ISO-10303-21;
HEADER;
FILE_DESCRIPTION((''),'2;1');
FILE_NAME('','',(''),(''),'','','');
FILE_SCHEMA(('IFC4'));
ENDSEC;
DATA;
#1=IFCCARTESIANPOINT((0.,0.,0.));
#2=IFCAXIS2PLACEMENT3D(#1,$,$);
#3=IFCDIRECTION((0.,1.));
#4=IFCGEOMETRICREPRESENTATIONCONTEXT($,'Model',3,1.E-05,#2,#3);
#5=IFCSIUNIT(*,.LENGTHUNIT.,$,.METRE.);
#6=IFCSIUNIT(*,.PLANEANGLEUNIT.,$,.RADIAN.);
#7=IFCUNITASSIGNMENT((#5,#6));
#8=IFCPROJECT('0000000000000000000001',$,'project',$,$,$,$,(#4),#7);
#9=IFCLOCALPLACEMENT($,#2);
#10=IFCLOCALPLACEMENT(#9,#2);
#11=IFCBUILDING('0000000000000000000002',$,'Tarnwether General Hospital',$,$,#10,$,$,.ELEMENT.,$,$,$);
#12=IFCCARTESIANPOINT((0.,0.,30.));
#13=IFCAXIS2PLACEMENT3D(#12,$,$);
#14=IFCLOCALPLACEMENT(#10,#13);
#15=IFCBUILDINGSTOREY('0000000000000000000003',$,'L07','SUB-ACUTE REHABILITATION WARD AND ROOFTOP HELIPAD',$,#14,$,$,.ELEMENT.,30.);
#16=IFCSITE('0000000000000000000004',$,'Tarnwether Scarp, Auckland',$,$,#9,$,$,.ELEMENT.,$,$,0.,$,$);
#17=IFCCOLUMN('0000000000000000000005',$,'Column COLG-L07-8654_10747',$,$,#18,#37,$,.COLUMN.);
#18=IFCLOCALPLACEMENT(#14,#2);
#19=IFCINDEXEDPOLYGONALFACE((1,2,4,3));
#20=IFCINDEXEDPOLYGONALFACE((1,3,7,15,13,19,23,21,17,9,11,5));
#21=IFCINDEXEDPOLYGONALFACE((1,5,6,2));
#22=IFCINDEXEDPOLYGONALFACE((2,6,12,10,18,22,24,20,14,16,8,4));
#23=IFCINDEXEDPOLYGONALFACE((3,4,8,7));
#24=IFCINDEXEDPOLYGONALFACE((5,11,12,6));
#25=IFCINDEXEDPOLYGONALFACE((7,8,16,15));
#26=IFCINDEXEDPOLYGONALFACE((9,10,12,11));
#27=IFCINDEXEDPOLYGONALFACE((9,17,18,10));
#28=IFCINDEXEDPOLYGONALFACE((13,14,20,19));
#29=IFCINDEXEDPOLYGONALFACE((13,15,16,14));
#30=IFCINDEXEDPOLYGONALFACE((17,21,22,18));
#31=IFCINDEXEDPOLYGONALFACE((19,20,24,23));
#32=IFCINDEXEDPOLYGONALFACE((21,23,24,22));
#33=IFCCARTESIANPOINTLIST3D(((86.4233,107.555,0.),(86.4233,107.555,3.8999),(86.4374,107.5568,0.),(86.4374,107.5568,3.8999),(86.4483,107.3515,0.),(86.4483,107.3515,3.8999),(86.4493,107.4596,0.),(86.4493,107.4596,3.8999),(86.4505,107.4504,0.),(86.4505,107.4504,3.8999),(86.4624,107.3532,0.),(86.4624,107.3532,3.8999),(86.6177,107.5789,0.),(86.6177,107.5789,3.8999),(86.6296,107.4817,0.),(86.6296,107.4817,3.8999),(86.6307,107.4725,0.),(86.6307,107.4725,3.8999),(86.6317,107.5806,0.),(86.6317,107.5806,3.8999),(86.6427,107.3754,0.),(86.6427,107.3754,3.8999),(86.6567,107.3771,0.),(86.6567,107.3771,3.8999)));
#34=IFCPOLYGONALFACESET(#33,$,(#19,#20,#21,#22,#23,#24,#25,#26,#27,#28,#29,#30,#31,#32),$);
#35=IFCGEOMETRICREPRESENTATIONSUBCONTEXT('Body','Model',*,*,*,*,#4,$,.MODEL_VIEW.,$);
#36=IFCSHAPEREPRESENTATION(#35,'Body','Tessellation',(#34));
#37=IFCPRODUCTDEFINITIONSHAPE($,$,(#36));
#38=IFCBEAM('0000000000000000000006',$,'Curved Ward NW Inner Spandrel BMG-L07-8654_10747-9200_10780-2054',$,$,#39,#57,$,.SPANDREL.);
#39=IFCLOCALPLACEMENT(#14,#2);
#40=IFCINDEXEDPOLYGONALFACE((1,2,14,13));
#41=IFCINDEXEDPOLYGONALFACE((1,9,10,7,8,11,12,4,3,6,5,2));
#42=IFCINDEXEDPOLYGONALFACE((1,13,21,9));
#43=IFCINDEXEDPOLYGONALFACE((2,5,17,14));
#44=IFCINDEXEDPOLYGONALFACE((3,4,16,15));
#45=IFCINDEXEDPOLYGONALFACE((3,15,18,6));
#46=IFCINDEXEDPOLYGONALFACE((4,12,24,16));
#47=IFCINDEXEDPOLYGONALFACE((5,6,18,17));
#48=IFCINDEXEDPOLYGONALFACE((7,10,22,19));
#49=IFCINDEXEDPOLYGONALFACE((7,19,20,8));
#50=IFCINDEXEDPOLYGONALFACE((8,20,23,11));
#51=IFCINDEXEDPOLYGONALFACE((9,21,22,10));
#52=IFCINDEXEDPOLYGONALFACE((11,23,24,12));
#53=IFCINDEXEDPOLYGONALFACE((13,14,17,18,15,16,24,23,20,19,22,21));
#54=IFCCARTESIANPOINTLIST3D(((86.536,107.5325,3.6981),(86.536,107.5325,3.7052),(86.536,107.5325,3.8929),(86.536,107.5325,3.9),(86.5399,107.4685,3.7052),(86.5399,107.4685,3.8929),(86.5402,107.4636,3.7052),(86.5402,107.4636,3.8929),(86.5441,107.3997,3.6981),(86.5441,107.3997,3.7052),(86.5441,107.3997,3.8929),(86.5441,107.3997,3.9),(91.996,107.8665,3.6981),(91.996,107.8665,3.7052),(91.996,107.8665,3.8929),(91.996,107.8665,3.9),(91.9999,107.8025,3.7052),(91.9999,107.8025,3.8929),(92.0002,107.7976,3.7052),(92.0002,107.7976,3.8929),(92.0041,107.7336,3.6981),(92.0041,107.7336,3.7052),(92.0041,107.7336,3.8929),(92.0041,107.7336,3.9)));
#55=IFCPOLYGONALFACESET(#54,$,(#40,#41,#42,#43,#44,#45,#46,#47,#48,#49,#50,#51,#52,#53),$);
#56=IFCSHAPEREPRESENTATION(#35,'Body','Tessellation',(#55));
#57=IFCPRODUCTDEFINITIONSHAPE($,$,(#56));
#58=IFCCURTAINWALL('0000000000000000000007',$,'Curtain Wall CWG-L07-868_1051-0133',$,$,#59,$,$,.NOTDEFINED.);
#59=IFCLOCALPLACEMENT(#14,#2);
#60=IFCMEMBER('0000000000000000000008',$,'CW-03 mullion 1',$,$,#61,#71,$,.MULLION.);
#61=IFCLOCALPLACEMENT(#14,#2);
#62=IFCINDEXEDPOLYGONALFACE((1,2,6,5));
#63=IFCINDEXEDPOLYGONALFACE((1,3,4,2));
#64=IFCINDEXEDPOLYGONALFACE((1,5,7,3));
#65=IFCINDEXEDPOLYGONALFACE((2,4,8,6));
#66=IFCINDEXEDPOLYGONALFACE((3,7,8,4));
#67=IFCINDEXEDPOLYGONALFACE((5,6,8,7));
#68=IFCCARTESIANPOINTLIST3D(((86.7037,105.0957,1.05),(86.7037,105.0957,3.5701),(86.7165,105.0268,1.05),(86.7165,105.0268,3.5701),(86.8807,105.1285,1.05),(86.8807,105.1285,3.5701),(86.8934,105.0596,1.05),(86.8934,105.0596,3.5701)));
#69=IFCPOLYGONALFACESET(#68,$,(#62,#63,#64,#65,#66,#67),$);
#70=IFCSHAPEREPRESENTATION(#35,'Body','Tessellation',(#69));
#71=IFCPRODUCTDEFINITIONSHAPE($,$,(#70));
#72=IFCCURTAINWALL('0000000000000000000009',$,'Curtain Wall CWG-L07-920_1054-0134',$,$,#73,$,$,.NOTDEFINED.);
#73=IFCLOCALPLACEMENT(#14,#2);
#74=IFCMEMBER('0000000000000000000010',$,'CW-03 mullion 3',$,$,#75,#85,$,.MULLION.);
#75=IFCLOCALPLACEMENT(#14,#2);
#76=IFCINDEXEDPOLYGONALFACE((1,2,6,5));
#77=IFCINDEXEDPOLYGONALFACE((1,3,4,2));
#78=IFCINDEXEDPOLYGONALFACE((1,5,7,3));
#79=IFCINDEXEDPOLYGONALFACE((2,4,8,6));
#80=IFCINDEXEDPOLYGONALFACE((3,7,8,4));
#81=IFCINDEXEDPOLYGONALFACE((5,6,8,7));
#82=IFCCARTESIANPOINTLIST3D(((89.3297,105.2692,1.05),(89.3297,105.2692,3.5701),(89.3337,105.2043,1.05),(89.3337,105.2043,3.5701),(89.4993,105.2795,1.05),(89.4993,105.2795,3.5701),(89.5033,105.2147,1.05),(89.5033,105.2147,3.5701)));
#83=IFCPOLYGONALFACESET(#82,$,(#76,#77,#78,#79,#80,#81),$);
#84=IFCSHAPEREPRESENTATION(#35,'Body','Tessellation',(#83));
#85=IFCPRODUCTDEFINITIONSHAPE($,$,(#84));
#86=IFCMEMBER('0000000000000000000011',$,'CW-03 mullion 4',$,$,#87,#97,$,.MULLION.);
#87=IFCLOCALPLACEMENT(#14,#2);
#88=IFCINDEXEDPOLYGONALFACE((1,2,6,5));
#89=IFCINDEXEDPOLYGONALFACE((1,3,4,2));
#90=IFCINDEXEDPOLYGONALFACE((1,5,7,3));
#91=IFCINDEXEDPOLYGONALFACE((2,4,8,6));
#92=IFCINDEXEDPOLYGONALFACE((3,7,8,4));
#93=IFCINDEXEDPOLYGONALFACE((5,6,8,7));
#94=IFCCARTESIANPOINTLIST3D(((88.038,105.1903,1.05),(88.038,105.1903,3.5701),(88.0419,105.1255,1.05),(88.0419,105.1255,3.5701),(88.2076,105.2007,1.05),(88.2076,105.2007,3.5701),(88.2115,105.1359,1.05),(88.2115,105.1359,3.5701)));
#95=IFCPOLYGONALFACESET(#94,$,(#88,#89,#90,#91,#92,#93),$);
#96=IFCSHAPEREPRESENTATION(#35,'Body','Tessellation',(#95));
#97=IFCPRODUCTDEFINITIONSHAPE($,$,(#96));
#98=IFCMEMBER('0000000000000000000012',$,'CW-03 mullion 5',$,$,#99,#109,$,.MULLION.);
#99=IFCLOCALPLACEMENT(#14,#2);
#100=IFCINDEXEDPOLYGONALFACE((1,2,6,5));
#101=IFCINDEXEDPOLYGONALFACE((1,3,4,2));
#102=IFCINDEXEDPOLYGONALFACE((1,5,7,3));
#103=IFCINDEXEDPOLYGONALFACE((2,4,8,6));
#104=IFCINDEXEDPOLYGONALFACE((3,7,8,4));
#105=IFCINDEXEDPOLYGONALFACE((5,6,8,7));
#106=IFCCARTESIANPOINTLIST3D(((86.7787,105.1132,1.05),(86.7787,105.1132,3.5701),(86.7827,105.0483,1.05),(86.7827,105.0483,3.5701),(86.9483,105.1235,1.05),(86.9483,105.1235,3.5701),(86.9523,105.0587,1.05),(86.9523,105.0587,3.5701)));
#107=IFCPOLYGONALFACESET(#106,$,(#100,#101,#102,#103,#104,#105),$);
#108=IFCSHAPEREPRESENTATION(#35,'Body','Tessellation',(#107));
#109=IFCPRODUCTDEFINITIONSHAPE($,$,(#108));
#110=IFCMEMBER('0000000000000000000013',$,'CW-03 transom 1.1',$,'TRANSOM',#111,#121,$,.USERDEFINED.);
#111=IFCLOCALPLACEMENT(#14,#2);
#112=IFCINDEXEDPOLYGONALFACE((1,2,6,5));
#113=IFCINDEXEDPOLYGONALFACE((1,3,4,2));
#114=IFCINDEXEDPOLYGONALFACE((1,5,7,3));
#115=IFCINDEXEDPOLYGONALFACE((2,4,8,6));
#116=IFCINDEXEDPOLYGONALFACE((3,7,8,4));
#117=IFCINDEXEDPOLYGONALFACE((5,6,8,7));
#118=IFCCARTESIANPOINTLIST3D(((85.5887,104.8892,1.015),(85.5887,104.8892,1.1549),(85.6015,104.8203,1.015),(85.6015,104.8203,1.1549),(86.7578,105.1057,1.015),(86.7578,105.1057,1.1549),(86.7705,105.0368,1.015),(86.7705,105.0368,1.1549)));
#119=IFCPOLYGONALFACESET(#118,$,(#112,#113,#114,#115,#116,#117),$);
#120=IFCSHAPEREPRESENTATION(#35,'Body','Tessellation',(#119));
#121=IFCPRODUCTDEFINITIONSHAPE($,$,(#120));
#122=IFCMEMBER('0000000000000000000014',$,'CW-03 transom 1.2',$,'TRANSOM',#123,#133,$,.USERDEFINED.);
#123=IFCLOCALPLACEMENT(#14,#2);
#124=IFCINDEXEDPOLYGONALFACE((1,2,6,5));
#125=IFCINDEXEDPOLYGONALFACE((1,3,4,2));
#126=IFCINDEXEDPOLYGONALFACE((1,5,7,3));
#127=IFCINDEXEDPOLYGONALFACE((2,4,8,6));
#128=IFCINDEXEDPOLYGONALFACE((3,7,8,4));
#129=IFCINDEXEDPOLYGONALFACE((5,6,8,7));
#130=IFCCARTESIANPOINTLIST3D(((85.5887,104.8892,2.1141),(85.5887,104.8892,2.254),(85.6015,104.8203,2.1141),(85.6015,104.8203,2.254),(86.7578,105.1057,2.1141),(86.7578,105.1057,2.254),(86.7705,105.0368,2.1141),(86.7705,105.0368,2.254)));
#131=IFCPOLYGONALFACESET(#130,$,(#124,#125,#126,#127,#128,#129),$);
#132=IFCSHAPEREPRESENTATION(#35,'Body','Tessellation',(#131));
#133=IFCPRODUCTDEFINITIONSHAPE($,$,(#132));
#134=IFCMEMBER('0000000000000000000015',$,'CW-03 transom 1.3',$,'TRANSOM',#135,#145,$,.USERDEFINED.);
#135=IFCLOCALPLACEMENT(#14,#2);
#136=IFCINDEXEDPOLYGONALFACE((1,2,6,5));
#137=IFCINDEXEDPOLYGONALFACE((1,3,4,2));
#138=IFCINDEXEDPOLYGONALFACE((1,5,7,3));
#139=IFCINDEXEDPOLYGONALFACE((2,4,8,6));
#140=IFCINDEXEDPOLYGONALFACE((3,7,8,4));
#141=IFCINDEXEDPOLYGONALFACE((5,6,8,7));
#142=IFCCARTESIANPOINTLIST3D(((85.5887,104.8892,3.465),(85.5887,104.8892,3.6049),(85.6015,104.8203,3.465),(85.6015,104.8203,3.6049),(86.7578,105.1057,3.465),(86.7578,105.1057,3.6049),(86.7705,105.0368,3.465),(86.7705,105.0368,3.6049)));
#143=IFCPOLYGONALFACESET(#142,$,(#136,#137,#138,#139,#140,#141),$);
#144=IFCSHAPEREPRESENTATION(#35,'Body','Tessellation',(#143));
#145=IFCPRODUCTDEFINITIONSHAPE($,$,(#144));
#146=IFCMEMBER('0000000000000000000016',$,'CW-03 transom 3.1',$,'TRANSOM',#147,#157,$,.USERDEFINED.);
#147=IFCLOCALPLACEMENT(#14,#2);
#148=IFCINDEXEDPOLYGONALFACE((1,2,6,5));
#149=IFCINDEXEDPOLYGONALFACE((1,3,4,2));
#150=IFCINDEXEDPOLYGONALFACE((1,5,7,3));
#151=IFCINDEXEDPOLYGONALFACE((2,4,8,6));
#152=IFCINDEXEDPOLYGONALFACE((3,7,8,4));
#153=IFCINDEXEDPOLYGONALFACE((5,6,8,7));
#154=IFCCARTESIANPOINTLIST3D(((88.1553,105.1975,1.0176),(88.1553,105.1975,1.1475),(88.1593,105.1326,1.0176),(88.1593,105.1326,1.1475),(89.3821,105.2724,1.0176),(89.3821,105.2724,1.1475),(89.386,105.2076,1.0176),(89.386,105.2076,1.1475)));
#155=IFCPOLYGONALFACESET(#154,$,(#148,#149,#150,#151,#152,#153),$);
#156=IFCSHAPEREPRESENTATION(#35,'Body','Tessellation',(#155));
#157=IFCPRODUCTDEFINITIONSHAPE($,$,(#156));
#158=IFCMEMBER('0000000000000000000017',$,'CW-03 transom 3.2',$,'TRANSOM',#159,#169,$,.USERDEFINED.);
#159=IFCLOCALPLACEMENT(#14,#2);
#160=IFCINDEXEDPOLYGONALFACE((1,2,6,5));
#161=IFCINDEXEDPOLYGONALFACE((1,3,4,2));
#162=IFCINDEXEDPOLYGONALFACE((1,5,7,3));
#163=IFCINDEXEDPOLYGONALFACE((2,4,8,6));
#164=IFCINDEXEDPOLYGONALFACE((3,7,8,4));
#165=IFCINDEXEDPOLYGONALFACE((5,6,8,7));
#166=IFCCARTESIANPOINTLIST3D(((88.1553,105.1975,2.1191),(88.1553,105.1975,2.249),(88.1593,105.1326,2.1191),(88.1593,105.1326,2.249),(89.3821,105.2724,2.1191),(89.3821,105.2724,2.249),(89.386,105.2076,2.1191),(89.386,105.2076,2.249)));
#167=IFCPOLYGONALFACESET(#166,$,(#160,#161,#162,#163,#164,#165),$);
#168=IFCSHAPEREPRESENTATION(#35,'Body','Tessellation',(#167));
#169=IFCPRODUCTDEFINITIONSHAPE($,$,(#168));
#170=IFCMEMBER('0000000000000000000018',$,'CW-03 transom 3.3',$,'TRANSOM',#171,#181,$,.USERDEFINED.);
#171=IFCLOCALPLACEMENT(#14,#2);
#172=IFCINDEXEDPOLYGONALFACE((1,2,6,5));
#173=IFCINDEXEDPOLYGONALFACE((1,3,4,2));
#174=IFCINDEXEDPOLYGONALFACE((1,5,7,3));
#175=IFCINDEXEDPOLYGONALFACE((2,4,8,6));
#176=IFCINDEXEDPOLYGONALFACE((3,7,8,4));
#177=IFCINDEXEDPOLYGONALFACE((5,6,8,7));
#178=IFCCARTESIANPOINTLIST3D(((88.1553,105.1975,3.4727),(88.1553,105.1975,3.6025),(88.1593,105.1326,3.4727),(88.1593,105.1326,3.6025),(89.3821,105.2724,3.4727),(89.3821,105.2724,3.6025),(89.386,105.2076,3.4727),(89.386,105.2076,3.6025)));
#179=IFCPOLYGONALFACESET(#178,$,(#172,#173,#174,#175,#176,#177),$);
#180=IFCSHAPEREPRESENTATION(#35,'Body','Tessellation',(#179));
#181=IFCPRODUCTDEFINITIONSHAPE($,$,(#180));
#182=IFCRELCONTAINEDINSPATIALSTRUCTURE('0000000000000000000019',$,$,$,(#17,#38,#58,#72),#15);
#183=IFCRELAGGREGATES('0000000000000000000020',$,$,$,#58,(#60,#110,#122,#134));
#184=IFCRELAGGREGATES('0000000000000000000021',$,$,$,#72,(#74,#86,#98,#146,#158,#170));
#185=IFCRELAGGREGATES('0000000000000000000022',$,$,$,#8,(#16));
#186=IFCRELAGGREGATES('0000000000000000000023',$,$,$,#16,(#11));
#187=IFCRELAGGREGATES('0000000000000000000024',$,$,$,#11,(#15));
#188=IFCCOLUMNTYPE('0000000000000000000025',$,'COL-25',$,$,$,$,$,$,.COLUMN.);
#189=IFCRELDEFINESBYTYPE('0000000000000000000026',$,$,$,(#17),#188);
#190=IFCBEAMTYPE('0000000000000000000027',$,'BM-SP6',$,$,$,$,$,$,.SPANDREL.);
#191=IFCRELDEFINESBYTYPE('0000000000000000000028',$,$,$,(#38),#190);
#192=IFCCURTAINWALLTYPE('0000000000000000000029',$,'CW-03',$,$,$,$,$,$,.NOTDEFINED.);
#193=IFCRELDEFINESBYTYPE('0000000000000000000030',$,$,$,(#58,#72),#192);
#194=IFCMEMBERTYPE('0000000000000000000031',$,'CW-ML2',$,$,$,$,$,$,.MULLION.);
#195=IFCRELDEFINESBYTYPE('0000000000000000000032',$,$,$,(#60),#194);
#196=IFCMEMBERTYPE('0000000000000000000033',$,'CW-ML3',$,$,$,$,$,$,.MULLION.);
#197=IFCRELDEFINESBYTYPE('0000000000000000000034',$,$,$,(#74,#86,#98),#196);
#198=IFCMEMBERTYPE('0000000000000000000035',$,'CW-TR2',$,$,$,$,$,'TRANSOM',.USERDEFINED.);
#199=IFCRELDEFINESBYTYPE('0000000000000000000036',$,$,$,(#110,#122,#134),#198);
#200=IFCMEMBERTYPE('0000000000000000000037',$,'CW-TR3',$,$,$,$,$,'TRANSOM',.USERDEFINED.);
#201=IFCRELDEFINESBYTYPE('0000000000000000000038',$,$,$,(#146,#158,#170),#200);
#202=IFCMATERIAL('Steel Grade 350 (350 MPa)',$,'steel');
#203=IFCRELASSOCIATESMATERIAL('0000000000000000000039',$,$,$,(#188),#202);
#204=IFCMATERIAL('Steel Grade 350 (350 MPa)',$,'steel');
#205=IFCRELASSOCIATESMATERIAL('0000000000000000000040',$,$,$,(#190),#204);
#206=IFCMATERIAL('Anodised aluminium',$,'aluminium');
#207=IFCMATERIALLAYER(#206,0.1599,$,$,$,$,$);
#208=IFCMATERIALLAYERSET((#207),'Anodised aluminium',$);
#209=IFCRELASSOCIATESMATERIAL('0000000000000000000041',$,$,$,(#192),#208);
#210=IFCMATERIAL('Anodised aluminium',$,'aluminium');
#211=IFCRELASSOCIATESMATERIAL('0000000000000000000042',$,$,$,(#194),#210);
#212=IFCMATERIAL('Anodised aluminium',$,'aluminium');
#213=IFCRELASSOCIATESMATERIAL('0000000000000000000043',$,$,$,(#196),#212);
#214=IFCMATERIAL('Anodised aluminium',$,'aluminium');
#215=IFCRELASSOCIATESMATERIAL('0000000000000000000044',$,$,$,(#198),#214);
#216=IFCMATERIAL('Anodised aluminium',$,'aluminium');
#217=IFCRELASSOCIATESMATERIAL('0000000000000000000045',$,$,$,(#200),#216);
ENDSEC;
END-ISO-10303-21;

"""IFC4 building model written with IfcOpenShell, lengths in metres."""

from ifc_helpers import new_model, si_unit, direction, frame, origin, origin_2d, place, context, subcontext, project, spatial, rectangle, i_section, extrude, material, layer, layer_set, material_profile, profile_set, type_object, element, aggregate, save


model = new_model("IFC4")

# Units and contexts
model_context = context("Model", 3, precision=1e-05, world=origin(), true_north=direction((0.0, 1.0)))
body_context = subcontext(model_context, "Body", "Model", "MODEL_VIEW")
ifc_project = project(units=[si_unit("LENGTHUNIT", "METRE"), si_unit("PLANEANGLEUNIT", "RADIAN")], contexts=[model_context])

# Site, building, storey
site_placement = place(None, origin())
site = spatial("IfcSite", under=ifc_project, at=site_placement, Name="Tarnwether Scarp, Auckland", CompositionType="ELEMENT", RefElevation=0.0)
building_placement = place(site_placement, origin())
building = spatial("IfcBuilding", under=site, at=building_placement, Name="Tarnwether General Hospital", CompositionType="ELEMENT")
storey_placement = place(building_placement, frame((0.0, 0.0, 30.0)))
storey = spatial("IfcBuildingStorey", under=building, at=storey_placement, Name="L07", Description="SUB-ACUTE REHABILITATION WARD AND ROOFTOP HELIPAD", CompositionType="ELEMENT", Elevation=30.0)

# Column
ifc_material_1 = material(Name="Steel Grade 350 (350 MPa)", Category="steel")
ifc_material_profile_1 = material_profile(ifc_material_1, i_section(OverallWidth=0.2051, OverallDepth=0.21, WebThickness=0.0093, FlangeThickness=0.0142, at=origin_2d()), Name="200UC59.5")
ifc_profile_set_1 = profile_set([ifc_material_profile_1], Name="Steel Grade 350 (350 MPa)")
column_type = type_object("IfcColumnType", Name="COL-25", PredefinedType="COLUMN", material=ifc_profile_set_1)
column_placement = place(storey_placement, frame((86.54, 107.4661, 0.0), z_axis=(0.0, 0.0, 1.0), x_axis=(-0.121869, 0.992546, 0.0)))
element("IfcColumn", 1, at=column_placement, inside=storey, type_object=column_type, Name="Column COLG-L07-8654_10747", PredefinedType="COLUMN", context=body_context, shape_type="SweptSolid", body=[
    extrude(i_section(OverallWidth=0.2051, OverallDepth=0.21, WebThickness=0.0093, FlangeThickness=0.0142, at=origin_2d()), origin(), (0.0, 0.0, 1.0), 3.8999),
])

# Beam
ifc_material_2 = material(Name="Steel Grade 350 (350 MPa)", Category="steel")
ifc_material_profile_2 = material_profile(ifc_material_2, i_section(OverallWidth=0.1331, OverallDepth=0.2019, WebThickness=0.0049, FlangeThickness=0.0071, at=origin_2d()), Name="200UB22.3")
ifc_profile_set_2 = profile_set([ifc_material_profile_2], Name="Steel Grade 350 (350 MPa)")
beam_type = type_object("IfcBeamType", Name="BM-SP6", PredefinedType="SPANDREL", material=ifc_profile_set_2)
beam_placement = place(storey_placement, frame((86.54, 107.4661, 3.7991), z_axis=(0.998134, 0.061056, 0.0), x_axis=(-0.061056, 0.998134, 0.0)))
element("IfcBeam", 2, at=beam_placement, inside=storey, type_object=beam_type, Name="Curved Ward NW Inner Spandrel BMG-L07-8654_10747-9200_10780-2054", PredefinedType="SPANDREL", context=body_context, shape_type="SweptSolid", body=[
    extrude(i_section(OverallWidth=0.1331, OverallDepth=0.2019, WebThickness=0.0049, FlangeThickness=0.0071, at=origin_2d()), origin(), (0.0, 0.0, 1.0), 5.4702),
])

# Curtain wall, member
ifc_material_3 = material(Name="Anodised aluminium", Category="aluminium")
ifc_layer_1 = layer(ifc_material_3, 0.1599)
ifc_layer_set_1 = layer_set([ifc_layer_1], Name="Anodised aluminium")
curtain_wall_type = type_object("IfcCurtainWallType", Name="CW-03", PredefinedType="NOTDEFINED", material=ifc_layer_set_1)
curtain_wall_1_placement = place(storey_placement, origin())
curtain_wall_1 = element("IfcCurtainWall", 3, at=curtain_wall_1_placement, inside=storey, type_object=curtain_wall_type, Name="Curtain Wall CWG-L07-868_1051-0133", PredefinedType="NOTDEFINED")
ifc_material_4 = material(Name="Anodised aluminium", Category="aluminium")
ifc_material_profile_3 = material_profile(ifc_material_4, rectangle(XDim=0.0701, YDim=0.1799, at=origin_2d()), Name="ALU-MUL-70x180")
ifc_profile_set_3 = profile_set([ifc_material_profile_3], Name="Anodised aluminium")
member_type_1 = type_object("IfcMemberType", Name="CW-ML2", PredefinedType="MULLION", material=ifc_profile_set_3)
member_1_placement = place(storey_placement, frame((86.7986, 105.0776, 1.05), z_axis=(0.0, 0.0, 1.0), x_axis=(0.182165, -0.983268, 0.0)))
member_1 = element("IfcMember", 4, at=member_1_placement, type_object=member_type_1, Name="CW-03 mullion 1", PredefinedType="MULLION", context=body_context, shape_type="SweptSolid", body=[
    extrude(rectangle(XDim=0.0701, YDim=0.1799, at=origin_2d()), origin(), (0.0, 0.0, 1.0), 2.52),
])

# Curtain wall, members
curtain_wall_2_placement = place(storey_placement, origin())
curtain_wall_2 = element("IfcCurtainWall", 5, at=curtain_wall_2_placement, inside=storey, type_object=curtain_wall_type, Name="Curtain Wall CWG-L07-920_1054-0134", PredefinedType="NOTDEFINED")
ifc_material_5 = material(Name="Anodised aluminium", Category="aluminium")
ifc_material_profile_4 = material_profile(ifc_material_5, rectangle(XDim=0.0649, YDim=0.1699, at=origin_2d()), Name="ALU-MUL-65x170")
ifc_profile_set_4 = profile_set([ifc_material_profile_4], Name="Anodised aluminium")
member_type_2 = type_object("IfcMemberType", Name="CW-ML3", PredefinedType="MULLION", material=ifc_profile_set_4)
member_2_placement = place(storey_placement, frame((89.4165, 105.2419, 1.05), z_axis=(0.0, 0.0, 1.0), x_axis=(0.061043, -0.998135, 0.0)))
member_2 = element("IfcMember", 6, at=member_2_placement, type_object=member_type_2, Name="CW-03 mullion 3", PredefinedType="MULLION", context=body_context, shape_type="SweptSolid", body=[
    extrude(rectangle(XDim=0.0649, YDim=0.1699, at=origin_2d()), origin(), (0.0, 0.0, 1.0), 2.52),
])
member_3_placement = place(storey_placement, frame((88.1248, 105.1631, 1.05), z_axis=(0.0, 0.0, 1.0), x_axis=(0.061043, -0.998135, 0.0)))
member_3 = element("IfcMember", 7, at=member_3_placement, type_object=member_type_2, Name="CW-03 mullion 4", PredefinedType="MULLION", context=body_context, shape_type="SweptSolid", body=[
    extrude(rectangle(XDim=0.0649, YDim=0.1699, at=origin_2d()), origin(), (0.0, 0.0, 1.0), 2.52),
])
member_4_placement = place(storey_placement, frame((86.8655, 105.0859, 1.05), z_axis=(0.0, 0.0, 1.0), x_axis=(0.061043, -0.998135, 0.0)))
member_4 = element("IfcMember", 8, at=member_4_placement, type_object=member_type_2, Name="CW-03 mullion 5", PredefinedType="MULLION", context=body_context, shape_type="SweptSolid", body=[
    extrude(rectangle(XDim=0.0649, YDim=0.1699, at=origin_2d()), origin(), (0.0, 0.0, 1.0), 2.52),
])

# Members
ifc_material_6 = material(Name="Anodised aluminium", Category="aluminium")
ifc_material_profile_5 = material_profile(ifc_material_6, rectangle(XDim=0.0701, YDim=0.1399, at=origin_2d()), Name="ALU-TRN-70x140")
ifc_profile_set_5 = profile_set([ifc_material_profile_5], Name="Anodised aluminium")
member_type_3 = type_object("IfcMemberType", Name="CW-TR2", ElementType="TRANSOM", PredefinedType="USERDEFINED", material=ifc_profile_set_5)
member_5_placement = place(storey_placement, frame((86.7642, 105.0713, 1.085), z_axis=(-0.983277, -0.182119, 0.0), x_axis=(0.182119, -0.983277, 0.0)))
member_5 = element("IfcMember", 9, at=member_5_placement, type_object=member_type_3, Name="CW-03 transom 1.1", ObjectType="TRANSOM", PredefinedType="USERDEFINED", context=body_context, shape_type="SweptSolid", body=[
    extrude(rectangle(XDim=0.0701, YDim=0.1399, at=origin_2d()), origin(), (0.0, 0.0, 1.0), 1.189),
])
member_6_placement = place(storey_placement, frame((86.7642, 105.0713, 2.1841), z_axis=(-0.983277, -0.182119, 0.0), x_axis=(0.182119, -0.983277, 0.0)))
member_6 = element("IfcMember", 10, at=member_6_placement, type_object=member_type_3, Name="CW-03 transom 1.2", ObjectType="TRANSOM", PredefinedType="USERDEFINED", context=body_context, shape_type="SweptSolid", body=[
    extrude(rectangle(XDim=0.0701, YDim=0.1399, at=origin_2d()), origin(), (0.0, 0.0, 1.0), 1.189),
])
member_7_placement = place(storey_placement, frame((86.7642, 105.0713, 3.5349), z_axis=(-0.983277, -0.182119, 0.0), x_axis=(0.182119, -0.983277, 0.0)))
member_7 = element("IfcMember", 11, at=member_7_placement, type_object=member_type_3, Name="CW-03 transom 1.3", ObjectType="TRANSOM", PredefinedType="USERDEFINED", context=body_context, shape_type="SweptSolid", body=[
    extrude(rectangle(XDim=0.0701, YDim=0.1399, at=origin_2d()), origin(), (0.0, 0.0, 1.0), 1.189),
])
ifc_material_7 = material(Name="Anodised aluminium", Category="aluminium")
ifc_material_profile_6 = material_profile(ifc_material_7, rectangle(XDim=0.0649, YDim=0.1299, at=origin_2d()), Name="ALU-TRN-65x130")
ifc_profile_set_6 = profile_set([ifc_material_profile_6], Name="Anodised aluminium")
member_type_4 = type_object("IfcMemberType", Name="CW-TR3", ElementType="TRANSOM", PredefinedType="USERDEFINED", material=ifc_profile_set_6)
member_8_placement = place(storey_placement, frame((89.384, 105.24, 1.0825), z_axis=(-0.998139, -0.060981, 0.0), x_axis=(0.060981, -0.998139, 0.0)))
member_8 = element("IfcMember", 12, at=member_8_placement, type_object=member_type_4, Name="CW-03 transom 3.1", ObjectType="TRANSOM", PredefinedType="USERDEFINED", context=body_context, shape_type="SweptSolid", body=[
    extrude(rectangle(XDim=0.0649, YDim=0.1299, at=origin_2d()), origin(), (0.0, 0.0, 1.0), 1.229),
])
member_9_placement = place(storey_placement, frame((89.384, 105.24, 2.1841), z_axis=(-0.998139, -0.060981, 0.0), x_axis=(0.060981, -0.998139, 0.0)))
member_9 = element("IfcMember", 13, at=member_9_placement, type_object=member_type_4, Name="CW-03 transom 3.2", ObjectType="TRANSOM", PredefinedType="USERDEFINED", context=body_context, shape_type="SweptSolid", body=[
    extrude(rectangle(XDim=0.0649, YDim=0.1299, at=origin_2d()), origin(), (0.0, 0.0, 1.0), 1.229),
])
member_10_placement = place(storey_placement, frame((89.384, 105.24, 3.5376), z_axis=(-0.998139, -0.060981, 0.0), x_axis=(0.060981, -0.998139, 0.0)))
member_10 = element("IfcMember", 14, at=member_10_placement, type_object=member_type_4, Name="CW-03 transom 3.3", ObjectType="TRANSOM", PredefinedType="USERDEFINED", context=body_context, shape_type="SweptSolid", body=[
    extrude(rectangle(XDim=0.0649, YDim=0.1299, at=origin_2d()), origin(), (0.0, 0.0, 1.0), 1.229),
])

aggregate(curtain_wall_1, [member_1, member_5, member_6, member_7])
aggregate(curtain_wall_2, [member_2, member_3, member_4, member_8, member_9, member_10])

save(model, "model.ifc")
